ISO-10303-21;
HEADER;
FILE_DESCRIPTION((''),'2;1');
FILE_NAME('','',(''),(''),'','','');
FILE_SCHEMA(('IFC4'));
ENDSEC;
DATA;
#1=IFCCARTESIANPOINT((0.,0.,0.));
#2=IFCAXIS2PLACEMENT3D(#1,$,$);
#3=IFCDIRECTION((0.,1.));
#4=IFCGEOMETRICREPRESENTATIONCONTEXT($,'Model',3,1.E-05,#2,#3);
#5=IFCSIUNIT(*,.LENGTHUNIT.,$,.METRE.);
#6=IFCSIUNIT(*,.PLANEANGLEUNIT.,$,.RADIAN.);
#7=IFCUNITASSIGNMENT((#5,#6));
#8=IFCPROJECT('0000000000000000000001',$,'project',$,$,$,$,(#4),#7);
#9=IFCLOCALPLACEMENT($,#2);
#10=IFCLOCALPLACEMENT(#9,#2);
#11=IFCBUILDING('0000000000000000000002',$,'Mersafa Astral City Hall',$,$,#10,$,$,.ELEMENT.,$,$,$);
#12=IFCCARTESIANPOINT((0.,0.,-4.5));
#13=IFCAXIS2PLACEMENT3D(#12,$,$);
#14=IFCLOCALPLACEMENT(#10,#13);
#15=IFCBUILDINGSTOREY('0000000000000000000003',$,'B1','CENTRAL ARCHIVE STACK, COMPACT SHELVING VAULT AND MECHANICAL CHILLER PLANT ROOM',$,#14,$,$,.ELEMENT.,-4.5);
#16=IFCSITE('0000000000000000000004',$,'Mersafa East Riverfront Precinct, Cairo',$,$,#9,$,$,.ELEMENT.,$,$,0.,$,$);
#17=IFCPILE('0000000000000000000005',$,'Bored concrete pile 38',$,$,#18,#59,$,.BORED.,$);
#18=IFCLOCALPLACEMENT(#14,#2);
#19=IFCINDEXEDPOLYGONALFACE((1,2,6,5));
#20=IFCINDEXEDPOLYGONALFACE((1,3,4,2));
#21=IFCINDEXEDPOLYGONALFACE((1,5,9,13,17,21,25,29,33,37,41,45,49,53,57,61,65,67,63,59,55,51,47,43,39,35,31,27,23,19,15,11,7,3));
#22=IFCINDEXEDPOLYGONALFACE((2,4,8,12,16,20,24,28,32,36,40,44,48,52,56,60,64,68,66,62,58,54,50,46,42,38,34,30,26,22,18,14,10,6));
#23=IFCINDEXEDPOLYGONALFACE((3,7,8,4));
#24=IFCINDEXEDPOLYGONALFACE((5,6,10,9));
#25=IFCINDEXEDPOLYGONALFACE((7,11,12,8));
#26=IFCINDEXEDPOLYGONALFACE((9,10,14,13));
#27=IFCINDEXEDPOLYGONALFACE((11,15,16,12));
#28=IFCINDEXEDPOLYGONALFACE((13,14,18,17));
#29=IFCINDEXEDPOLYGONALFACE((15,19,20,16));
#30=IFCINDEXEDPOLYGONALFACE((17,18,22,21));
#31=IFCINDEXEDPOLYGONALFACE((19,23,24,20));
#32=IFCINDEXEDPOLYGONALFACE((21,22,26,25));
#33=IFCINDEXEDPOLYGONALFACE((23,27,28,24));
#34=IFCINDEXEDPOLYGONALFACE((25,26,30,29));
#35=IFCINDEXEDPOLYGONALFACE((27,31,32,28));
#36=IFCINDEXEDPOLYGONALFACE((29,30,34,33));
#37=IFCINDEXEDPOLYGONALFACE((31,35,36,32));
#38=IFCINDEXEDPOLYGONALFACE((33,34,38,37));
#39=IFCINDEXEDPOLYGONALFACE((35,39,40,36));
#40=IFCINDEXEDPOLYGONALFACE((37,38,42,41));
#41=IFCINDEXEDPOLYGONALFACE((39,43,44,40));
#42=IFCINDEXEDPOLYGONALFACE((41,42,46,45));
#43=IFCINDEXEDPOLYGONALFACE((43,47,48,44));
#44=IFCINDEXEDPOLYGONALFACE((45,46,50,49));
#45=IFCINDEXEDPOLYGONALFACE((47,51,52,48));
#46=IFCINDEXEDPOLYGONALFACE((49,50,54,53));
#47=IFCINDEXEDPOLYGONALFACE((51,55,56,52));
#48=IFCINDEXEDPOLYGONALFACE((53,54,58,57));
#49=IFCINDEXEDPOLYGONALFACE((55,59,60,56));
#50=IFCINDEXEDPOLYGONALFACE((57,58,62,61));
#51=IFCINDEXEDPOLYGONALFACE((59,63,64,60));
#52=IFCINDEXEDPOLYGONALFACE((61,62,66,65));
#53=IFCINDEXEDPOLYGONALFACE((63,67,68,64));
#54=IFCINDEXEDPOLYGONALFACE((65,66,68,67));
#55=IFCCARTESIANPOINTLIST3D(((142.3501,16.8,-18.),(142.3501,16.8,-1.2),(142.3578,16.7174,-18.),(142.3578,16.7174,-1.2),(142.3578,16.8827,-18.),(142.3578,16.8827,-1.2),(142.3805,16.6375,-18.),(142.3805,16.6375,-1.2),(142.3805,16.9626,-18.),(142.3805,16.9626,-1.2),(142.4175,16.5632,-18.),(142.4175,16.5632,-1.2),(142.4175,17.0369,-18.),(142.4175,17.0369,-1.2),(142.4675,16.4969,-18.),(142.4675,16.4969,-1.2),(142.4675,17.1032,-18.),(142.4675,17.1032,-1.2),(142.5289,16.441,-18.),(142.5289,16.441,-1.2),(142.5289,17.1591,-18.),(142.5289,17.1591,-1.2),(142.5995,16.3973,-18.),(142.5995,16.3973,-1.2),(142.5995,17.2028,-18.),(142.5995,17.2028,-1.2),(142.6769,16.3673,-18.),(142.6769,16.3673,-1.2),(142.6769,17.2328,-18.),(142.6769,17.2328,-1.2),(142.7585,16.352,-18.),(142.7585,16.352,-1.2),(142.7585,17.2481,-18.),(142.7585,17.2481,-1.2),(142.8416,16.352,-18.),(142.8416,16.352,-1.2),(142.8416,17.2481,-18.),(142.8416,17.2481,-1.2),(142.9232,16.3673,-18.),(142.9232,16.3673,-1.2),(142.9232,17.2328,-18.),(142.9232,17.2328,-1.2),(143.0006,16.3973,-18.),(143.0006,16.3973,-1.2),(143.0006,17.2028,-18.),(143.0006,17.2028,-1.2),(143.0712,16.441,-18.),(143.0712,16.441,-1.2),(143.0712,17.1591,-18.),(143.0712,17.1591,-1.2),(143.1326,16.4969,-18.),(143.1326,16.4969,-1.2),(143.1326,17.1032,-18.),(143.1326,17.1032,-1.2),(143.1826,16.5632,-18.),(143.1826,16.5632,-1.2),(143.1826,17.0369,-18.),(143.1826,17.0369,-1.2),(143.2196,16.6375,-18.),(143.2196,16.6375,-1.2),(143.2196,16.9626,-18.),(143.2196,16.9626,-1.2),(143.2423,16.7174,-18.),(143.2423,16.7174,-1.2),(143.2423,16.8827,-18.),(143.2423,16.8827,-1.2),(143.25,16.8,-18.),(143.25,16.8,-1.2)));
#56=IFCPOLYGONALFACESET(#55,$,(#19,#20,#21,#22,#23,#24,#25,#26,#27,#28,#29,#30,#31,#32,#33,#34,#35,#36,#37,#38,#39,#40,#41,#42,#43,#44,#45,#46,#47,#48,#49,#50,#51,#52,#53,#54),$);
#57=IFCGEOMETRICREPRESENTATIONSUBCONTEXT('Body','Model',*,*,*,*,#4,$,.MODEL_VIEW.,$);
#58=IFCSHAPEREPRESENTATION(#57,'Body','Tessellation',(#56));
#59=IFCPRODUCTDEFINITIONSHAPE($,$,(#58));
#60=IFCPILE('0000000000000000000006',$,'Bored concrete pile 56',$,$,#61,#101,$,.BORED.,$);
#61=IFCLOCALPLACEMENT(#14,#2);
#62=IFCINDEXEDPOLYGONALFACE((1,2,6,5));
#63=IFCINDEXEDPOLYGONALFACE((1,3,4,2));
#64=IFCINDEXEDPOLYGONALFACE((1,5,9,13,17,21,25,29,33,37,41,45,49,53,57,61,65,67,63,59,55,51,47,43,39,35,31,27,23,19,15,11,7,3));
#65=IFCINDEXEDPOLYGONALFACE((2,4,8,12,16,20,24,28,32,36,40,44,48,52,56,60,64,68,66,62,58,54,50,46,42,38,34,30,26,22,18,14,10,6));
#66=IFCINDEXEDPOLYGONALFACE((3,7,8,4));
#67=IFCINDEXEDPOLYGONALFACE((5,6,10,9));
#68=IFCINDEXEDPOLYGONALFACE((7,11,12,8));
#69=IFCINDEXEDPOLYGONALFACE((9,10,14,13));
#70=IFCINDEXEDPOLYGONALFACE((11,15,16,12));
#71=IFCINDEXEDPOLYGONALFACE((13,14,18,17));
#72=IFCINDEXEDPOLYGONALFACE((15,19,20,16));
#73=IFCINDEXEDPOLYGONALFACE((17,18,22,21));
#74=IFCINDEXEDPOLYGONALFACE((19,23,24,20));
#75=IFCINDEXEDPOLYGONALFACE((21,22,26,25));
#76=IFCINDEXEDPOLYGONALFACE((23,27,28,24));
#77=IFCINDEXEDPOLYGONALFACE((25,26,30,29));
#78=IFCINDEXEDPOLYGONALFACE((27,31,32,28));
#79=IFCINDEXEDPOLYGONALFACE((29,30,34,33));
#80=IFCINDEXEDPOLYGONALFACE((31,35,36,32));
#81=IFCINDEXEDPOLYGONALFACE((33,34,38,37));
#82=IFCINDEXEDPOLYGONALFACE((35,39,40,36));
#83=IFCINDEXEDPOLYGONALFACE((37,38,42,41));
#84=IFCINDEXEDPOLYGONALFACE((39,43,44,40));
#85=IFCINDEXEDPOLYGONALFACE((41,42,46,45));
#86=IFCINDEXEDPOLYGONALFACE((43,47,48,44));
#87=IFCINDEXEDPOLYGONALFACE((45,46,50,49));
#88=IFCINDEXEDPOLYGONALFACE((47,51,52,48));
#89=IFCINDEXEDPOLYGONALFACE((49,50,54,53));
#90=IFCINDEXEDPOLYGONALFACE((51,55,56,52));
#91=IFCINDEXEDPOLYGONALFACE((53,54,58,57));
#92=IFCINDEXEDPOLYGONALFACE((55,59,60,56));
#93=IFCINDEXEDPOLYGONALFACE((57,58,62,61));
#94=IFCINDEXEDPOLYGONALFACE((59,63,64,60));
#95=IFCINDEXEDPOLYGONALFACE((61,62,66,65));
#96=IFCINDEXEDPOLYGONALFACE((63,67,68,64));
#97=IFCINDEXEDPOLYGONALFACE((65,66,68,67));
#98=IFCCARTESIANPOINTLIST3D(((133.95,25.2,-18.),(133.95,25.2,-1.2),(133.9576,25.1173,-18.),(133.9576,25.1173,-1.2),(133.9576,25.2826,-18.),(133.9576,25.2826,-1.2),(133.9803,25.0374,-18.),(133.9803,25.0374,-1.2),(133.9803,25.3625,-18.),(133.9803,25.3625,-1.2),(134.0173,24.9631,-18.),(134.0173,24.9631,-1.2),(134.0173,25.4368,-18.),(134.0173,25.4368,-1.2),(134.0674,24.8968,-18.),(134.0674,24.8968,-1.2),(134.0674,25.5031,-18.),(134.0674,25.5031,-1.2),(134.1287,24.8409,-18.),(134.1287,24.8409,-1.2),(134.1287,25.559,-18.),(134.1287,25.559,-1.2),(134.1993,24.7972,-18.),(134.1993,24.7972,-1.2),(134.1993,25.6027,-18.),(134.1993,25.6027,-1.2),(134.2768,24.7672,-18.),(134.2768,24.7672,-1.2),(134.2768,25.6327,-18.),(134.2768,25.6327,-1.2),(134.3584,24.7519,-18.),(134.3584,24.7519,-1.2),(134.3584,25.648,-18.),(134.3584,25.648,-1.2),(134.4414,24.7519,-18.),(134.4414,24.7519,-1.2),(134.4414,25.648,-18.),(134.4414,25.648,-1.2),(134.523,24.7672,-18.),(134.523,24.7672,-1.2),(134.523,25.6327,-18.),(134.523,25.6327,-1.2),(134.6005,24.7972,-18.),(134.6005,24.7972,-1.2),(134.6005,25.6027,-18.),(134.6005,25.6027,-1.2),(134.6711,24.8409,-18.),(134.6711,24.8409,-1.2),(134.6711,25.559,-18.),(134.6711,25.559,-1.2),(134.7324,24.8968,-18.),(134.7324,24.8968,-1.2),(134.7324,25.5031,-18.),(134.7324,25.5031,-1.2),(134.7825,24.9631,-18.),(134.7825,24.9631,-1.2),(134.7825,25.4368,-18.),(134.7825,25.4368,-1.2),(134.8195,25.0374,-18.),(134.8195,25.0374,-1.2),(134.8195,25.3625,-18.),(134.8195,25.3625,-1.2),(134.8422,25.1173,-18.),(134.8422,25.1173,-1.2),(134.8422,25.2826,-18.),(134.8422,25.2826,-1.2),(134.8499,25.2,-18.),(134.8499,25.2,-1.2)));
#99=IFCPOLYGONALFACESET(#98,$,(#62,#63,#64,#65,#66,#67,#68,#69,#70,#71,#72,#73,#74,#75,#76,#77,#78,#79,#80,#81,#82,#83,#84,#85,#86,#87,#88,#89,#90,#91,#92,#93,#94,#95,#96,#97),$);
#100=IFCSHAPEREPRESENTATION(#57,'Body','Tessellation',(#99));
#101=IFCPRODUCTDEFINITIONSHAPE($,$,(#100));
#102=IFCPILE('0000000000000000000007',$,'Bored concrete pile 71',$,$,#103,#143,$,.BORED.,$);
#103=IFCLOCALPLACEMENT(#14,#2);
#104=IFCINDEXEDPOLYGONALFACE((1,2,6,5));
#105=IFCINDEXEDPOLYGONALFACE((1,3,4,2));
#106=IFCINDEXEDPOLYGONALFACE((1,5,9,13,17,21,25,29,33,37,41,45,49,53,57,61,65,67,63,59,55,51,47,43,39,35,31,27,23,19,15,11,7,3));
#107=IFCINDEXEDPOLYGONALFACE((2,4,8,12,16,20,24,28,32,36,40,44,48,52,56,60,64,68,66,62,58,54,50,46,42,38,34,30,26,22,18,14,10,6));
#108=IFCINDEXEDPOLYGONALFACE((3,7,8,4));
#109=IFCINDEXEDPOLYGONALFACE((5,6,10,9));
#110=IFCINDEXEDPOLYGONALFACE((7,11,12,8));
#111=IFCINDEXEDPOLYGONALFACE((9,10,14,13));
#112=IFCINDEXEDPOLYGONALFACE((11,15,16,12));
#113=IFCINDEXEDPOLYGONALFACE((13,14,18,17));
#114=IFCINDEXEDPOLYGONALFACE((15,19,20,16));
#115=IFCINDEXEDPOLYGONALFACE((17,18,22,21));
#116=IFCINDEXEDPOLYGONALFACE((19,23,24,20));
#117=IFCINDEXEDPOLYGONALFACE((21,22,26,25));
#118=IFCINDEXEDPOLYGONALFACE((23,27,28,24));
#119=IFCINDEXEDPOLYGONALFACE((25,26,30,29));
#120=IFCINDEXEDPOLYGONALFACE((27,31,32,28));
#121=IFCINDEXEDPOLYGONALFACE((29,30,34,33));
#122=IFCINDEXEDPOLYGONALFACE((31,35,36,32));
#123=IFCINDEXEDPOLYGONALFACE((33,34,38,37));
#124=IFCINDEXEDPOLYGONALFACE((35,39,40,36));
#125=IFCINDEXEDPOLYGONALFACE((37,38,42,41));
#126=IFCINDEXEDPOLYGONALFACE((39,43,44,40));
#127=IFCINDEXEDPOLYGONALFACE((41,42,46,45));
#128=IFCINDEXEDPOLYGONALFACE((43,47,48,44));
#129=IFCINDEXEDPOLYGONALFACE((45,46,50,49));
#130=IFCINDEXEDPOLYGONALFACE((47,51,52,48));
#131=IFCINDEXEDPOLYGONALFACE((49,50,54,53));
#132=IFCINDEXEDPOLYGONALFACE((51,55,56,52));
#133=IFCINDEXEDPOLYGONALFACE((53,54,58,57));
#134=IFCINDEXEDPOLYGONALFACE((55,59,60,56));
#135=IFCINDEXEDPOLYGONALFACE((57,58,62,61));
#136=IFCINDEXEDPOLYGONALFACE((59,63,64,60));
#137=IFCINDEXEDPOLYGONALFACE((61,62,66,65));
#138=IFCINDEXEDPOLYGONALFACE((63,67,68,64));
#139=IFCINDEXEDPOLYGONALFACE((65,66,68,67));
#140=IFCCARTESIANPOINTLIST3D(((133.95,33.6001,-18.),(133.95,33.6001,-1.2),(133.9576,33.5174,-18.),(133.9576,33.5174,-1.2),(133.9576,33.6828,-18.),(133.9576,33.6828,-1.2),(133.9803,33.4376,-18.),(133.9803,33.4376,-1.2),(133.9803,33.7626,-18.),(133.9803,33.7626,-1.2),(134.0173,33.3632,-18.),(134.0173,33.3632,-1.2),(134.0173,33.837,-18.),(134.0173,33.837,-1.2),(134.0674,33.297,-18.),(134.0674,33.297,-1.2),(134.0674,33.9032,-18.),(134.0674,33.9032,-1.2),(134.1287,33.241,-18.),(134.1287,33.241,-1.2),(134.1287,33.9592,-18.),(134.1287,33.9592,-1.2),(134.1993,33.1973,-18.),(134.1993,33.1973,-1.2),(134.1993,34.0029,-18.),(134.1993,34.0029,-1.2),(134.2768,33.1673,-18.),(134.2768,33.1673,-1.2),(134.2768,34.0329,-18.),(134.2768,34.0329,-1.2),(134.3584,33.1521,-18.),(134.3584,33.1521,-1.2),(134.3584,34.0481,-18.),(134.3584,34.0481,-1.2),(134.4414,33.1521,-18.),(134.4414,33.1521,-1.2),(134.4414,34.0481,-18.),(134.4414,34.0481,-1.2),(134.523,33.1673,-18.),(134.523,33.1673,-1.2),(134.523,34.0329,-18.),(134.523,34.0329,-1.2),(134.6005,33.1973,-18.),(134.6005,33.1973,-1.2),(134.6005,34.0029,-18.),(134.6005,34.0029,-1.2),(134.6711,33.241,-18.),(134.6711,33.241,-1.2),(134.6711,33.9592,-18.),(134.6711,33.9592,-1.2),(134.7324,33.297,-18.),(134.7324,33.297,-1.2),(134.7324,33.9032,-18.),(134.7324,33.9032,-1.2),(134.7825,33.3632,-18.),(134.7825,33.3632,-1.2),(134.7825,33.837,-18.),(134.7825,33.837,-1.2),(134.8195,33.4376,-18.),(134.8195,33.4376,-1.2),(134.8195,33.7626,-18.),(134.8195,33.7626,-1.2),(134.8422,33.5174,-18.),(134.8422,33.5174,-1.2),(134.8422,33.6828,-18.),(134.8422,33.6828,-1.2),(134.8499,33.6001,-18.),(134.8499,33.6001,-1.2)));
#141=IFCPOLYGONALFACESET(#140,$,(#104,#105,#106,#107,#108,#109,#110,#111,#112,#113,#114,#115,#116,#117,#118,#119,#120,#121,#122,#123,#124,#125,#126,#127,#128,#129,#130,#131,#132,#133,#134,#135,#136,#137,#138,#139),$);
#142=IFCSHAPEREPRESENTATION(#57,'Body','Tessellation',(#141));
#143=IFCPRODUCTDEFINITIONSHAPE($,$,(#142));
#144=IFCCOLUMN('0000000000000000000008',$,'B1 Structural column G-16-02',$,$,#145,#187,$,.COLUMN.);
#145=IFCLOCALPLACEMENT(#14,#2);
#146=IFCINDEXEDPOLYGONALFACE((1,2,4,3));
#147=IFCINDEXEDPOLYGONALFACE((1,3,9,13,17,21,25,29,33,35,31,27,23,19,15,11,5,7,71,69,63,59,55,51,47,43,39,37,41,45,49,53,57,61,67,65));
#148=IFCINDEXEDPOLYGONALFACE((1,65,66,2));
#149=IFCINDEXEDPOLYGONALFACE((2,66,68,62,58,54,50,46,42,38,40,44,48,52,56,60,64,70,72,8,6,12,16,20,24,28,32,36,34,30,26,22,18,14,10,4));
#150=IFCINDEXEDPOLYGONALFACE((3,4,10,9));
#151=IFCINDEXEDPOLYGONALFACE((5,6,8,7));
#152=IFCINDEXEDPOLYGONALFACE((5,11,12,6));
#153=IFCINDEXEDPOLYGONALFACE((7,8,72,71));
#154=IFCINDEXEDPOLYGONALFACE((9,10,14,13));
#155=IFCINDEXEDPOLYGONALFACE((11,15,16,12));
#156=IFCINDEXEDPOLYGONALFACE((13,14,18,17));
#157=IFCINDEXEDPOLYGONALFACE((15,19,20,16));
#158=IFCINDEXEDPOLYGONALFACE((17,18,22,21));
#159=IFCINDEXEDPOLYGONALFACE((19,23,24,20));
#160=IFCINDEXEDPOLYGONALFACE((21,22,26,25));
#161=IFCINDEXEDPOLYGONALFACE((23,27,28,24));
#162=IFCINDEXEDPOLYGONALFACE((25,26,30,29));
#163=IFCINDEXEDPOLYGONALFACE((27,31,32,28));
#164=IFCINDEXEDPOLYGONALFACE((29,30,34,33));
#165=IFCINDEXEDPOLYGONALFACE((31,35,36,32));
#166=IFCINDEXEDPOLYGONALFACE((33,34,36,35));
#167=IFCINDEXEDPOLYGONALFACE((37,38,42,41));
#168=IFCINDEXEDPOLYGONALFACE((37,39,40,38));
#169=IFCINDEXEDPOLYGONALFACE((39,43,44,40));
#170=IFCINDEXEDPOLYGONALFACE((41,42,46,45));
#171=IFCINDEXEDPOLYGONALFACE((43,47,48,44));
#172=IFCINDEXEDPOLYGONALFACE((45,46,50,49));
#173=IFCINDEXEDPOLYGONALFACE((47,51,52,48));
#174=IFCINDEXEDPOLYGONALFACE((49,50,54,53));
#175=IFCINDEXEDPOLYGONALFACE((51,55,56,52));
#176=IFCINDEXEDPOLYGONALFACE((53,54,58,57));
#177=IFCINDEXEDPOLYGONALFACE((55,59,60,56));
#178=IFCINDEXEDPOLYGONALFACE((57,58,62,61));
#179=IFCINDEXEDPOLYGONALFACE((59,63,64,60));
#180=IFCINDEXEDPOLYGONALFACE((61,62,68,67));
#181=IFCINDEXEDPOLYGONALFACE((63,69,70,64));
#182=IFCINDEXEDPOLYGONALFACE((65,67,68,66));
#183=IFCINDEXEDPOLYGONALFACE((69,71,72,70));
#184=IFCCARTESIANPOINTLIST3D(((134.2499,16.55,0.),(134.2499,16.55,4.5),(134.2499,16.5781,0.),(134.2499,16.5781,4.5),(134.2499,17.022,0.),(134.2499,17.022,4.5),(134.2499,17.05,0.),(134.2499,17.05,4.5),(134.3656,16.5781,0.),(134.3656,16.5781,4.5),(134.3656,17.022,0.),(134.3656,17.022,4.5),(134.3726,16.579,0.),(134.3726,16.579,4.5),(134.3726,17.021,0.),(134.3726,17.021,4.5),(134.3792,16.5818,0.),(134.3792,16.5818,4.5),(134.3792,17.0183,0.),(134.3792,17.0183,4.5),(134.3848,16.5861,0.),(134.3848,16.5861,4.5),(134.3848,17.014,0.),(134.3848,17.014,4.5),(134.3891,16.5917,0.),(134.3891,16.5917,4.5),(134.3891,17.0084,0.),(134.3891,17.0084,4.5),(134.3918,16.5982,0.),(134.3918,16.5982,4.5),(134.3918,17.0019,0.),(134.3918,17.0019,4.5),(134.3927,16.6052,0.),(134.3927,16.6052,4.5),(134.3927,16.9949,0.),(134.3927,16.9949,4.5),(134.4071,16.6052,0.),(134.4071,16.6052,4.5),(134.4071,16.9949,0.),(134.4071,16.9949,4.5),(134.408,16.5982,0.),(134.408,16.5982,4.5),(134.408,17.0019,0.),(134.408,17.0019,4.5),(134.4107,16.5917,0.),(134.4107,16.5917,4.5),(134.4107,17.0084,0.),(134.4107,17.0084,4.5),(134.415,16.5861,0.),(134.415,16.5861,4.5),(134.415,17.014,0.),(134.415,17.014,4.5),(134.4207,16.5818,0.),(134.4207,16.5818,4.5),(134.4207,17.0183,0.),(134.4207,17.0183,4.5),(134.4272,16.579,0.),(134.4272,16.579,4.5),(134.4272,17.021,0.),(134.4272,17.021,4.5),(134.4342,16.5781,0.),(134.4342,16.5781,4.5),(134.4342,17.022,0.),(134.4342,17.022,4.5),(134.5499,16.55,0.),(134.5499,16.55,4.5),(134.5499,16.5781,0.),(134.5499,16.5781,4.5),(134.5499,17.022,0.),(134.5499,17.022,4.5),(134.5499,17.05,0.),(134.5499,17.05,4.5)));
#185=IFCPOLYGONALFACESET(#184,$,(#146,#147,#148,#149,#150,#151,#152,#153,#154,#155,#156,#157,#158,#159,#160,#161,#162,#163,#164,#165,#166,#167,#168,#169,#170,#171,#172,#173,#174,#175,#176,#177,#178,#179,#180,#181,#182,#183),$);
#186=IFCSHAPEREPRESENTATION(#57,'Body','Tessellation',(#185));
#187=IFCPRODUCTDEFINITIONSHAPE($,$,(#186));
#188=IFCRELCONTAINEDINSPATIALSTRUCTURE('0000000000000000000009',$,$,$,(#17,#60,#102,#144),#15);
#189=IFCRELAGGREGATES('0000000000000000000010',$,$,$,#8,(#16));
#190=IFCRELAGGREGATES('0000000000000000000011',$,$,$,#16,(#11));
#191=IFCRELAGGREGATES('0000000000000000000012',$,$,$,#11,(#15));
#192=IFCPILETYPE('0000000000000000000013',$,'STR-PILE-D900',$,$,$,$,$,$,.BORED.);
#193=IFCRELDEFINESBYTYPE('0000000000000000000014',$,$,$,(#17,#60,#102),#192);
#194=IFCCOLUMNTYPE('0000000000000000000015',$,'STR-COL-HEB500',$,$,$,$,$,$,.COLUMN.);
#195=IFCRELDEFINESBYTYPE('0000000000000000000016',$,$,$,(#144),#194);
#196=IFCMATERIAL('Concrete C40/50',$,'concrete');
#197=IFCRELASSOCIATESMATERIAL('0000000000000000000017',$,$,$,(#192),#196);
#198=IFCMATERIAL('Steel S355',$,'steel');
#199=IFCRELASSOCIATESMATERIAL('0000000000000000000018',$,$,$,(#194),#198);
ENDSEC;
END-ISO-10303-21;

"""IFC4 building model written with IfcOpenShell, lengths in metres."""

from ifc_helpers import new_model, si_unit, direction, frame, origin, origin_2d, place, context, subcontext, project, spatial, circle, i_section, extrude, material, material_profile, profile_set, type_object, element, save


model = new_model("IFC4")

# Units and contexts
model_context = context("Model", 3, precision=1e-05, world=origin(), true_north=direction((0.0, 1.0)))
body_context = subcontext(model_context, "Body", "Model", "MODEL_VIEW")
ifc_project = project(units=[si_unit("LENGTHUNIT", "METRE"), si_unit("PLANEANGLEUNIT", "RADIAN")], contexts=[model_context])

# Site, building, storey
site_placement = place(None, origin())
site = spatial("IfcSite", under=ifc_project, at=site_placement, Name="Mersafa East Riverfront Precinct, Cairo", CompositionType="ELEMENT", RefElevation=0.0)
building_placement = place(site_placement, origin())
building = spatial("IfcBuilding", under=site, at=building_placement, Name="Mersafa Astral City Hall", CompositionType="ELEMENT")
storey_placement = place(building_placement, frame((0.0, 0.0, -4.5)))
storey = spatial("IfcBuildingStorey", under=building, at=storey_placement, Name="B1", Description="CENTRAL ARCHIVE STACK, COMPACT SHELVING VAULT AND MECHANICAL CHILLER PLANT ROOM", CompositionType="ELEMENT", Elevation=-4.5)

# Shared definitions
ifc_material_1 = material(Name="Concrete C40/50", Category="concrete")

# Piles
ifc_material_profile_1 = material_profile(ifc_material_1, circle(Radius=0.45, at=origin_2d()), Name="PILE D900")
ifc_profile_set_1 = profile_set([ifc_material_profile_1], Name="Concrete C40/50")
pile_type = type_object("IfcPileType", Name="STR-PILE-D900", PredefinedType="BORED", material=ifc_profile_set_1)
for number, where, z_axis, x_axis, name in (
    (1, (142.8, 16.8, -1.2), (0.0, 0.0, -1.0), (1.0, 0.0, 0.0), "Bored concrete pile 38"),
    (2, (134.3999, 25.2, -1.2), (0.0, 0.0, -1.0), (1.0, 0.0, 0.0), "Bored concrete pile 56"),
    (3, (134.3999, 33.6001, -1.2), (0.0, 0.0, -1.0), (1.0, 0.0, 0.0), "Bored concrete pile 71"),
):
    element("IfcPile", number, at=place(storey_placement, frame(where, z_axis=z_axis, x_axis=x_axis)), inside=storey, type_object=pile_type, Name=name, PredefinedType="BORED", context=body_context, shape_type="SweptSolid", body=[
        extrude(circle(Radius=0.45, at=origin_2d()), origin(), (0.0, 0.0, 1.0), 16.8),
    ])

# Column
ifc_material_2 = material(Name="Steel S355", Category="steel")
ifc_material_profile_2 = material_profile(ifc_material_2, i_section(OverallWidth=0.3, OverallDepth=0.5, WebThickness=0.0144, FlangeThickness=0.0281, FilletRadius=0.0271, at=origin_2d()), Name="HEB 500")
ifc_profile_set_2 = profile_set([ifc_material_profile_2], Name="Steel S355")
column_type = type_object("IfcColumnType", Name="STR-COL-HEB500", PredefinedType="COLUMN", material=ifc_profile_set_2)
for number, where, z_axis, x_axis, name in (
    (4, (134.3999, 16.8, 0.0), (0.0, 0.0, 1.0), (1.0, 0.0, 0.0), "B1 Structural column G-16-02"),
):
    element("IfcColumn", number, at=place(storey_placement, frame(where, z_axis=z_axis, x_axis=x_axis)), inside=storey, type_object=column_type, Name=name, PredefinedType="COLUMN", context=body_context, shape_type="SweptSolid", body=[
        extrude(i_section(OverallWidth=0.3, OverallDepth=0.5, WebThickness=0.0144, FlangeThickness=0.0281, FilletRadius=0.0271, at=origin_2d()), origin(), (0.0, 0.0, 1.0), 4.5),
    ])

save(model, "model.ifc")
